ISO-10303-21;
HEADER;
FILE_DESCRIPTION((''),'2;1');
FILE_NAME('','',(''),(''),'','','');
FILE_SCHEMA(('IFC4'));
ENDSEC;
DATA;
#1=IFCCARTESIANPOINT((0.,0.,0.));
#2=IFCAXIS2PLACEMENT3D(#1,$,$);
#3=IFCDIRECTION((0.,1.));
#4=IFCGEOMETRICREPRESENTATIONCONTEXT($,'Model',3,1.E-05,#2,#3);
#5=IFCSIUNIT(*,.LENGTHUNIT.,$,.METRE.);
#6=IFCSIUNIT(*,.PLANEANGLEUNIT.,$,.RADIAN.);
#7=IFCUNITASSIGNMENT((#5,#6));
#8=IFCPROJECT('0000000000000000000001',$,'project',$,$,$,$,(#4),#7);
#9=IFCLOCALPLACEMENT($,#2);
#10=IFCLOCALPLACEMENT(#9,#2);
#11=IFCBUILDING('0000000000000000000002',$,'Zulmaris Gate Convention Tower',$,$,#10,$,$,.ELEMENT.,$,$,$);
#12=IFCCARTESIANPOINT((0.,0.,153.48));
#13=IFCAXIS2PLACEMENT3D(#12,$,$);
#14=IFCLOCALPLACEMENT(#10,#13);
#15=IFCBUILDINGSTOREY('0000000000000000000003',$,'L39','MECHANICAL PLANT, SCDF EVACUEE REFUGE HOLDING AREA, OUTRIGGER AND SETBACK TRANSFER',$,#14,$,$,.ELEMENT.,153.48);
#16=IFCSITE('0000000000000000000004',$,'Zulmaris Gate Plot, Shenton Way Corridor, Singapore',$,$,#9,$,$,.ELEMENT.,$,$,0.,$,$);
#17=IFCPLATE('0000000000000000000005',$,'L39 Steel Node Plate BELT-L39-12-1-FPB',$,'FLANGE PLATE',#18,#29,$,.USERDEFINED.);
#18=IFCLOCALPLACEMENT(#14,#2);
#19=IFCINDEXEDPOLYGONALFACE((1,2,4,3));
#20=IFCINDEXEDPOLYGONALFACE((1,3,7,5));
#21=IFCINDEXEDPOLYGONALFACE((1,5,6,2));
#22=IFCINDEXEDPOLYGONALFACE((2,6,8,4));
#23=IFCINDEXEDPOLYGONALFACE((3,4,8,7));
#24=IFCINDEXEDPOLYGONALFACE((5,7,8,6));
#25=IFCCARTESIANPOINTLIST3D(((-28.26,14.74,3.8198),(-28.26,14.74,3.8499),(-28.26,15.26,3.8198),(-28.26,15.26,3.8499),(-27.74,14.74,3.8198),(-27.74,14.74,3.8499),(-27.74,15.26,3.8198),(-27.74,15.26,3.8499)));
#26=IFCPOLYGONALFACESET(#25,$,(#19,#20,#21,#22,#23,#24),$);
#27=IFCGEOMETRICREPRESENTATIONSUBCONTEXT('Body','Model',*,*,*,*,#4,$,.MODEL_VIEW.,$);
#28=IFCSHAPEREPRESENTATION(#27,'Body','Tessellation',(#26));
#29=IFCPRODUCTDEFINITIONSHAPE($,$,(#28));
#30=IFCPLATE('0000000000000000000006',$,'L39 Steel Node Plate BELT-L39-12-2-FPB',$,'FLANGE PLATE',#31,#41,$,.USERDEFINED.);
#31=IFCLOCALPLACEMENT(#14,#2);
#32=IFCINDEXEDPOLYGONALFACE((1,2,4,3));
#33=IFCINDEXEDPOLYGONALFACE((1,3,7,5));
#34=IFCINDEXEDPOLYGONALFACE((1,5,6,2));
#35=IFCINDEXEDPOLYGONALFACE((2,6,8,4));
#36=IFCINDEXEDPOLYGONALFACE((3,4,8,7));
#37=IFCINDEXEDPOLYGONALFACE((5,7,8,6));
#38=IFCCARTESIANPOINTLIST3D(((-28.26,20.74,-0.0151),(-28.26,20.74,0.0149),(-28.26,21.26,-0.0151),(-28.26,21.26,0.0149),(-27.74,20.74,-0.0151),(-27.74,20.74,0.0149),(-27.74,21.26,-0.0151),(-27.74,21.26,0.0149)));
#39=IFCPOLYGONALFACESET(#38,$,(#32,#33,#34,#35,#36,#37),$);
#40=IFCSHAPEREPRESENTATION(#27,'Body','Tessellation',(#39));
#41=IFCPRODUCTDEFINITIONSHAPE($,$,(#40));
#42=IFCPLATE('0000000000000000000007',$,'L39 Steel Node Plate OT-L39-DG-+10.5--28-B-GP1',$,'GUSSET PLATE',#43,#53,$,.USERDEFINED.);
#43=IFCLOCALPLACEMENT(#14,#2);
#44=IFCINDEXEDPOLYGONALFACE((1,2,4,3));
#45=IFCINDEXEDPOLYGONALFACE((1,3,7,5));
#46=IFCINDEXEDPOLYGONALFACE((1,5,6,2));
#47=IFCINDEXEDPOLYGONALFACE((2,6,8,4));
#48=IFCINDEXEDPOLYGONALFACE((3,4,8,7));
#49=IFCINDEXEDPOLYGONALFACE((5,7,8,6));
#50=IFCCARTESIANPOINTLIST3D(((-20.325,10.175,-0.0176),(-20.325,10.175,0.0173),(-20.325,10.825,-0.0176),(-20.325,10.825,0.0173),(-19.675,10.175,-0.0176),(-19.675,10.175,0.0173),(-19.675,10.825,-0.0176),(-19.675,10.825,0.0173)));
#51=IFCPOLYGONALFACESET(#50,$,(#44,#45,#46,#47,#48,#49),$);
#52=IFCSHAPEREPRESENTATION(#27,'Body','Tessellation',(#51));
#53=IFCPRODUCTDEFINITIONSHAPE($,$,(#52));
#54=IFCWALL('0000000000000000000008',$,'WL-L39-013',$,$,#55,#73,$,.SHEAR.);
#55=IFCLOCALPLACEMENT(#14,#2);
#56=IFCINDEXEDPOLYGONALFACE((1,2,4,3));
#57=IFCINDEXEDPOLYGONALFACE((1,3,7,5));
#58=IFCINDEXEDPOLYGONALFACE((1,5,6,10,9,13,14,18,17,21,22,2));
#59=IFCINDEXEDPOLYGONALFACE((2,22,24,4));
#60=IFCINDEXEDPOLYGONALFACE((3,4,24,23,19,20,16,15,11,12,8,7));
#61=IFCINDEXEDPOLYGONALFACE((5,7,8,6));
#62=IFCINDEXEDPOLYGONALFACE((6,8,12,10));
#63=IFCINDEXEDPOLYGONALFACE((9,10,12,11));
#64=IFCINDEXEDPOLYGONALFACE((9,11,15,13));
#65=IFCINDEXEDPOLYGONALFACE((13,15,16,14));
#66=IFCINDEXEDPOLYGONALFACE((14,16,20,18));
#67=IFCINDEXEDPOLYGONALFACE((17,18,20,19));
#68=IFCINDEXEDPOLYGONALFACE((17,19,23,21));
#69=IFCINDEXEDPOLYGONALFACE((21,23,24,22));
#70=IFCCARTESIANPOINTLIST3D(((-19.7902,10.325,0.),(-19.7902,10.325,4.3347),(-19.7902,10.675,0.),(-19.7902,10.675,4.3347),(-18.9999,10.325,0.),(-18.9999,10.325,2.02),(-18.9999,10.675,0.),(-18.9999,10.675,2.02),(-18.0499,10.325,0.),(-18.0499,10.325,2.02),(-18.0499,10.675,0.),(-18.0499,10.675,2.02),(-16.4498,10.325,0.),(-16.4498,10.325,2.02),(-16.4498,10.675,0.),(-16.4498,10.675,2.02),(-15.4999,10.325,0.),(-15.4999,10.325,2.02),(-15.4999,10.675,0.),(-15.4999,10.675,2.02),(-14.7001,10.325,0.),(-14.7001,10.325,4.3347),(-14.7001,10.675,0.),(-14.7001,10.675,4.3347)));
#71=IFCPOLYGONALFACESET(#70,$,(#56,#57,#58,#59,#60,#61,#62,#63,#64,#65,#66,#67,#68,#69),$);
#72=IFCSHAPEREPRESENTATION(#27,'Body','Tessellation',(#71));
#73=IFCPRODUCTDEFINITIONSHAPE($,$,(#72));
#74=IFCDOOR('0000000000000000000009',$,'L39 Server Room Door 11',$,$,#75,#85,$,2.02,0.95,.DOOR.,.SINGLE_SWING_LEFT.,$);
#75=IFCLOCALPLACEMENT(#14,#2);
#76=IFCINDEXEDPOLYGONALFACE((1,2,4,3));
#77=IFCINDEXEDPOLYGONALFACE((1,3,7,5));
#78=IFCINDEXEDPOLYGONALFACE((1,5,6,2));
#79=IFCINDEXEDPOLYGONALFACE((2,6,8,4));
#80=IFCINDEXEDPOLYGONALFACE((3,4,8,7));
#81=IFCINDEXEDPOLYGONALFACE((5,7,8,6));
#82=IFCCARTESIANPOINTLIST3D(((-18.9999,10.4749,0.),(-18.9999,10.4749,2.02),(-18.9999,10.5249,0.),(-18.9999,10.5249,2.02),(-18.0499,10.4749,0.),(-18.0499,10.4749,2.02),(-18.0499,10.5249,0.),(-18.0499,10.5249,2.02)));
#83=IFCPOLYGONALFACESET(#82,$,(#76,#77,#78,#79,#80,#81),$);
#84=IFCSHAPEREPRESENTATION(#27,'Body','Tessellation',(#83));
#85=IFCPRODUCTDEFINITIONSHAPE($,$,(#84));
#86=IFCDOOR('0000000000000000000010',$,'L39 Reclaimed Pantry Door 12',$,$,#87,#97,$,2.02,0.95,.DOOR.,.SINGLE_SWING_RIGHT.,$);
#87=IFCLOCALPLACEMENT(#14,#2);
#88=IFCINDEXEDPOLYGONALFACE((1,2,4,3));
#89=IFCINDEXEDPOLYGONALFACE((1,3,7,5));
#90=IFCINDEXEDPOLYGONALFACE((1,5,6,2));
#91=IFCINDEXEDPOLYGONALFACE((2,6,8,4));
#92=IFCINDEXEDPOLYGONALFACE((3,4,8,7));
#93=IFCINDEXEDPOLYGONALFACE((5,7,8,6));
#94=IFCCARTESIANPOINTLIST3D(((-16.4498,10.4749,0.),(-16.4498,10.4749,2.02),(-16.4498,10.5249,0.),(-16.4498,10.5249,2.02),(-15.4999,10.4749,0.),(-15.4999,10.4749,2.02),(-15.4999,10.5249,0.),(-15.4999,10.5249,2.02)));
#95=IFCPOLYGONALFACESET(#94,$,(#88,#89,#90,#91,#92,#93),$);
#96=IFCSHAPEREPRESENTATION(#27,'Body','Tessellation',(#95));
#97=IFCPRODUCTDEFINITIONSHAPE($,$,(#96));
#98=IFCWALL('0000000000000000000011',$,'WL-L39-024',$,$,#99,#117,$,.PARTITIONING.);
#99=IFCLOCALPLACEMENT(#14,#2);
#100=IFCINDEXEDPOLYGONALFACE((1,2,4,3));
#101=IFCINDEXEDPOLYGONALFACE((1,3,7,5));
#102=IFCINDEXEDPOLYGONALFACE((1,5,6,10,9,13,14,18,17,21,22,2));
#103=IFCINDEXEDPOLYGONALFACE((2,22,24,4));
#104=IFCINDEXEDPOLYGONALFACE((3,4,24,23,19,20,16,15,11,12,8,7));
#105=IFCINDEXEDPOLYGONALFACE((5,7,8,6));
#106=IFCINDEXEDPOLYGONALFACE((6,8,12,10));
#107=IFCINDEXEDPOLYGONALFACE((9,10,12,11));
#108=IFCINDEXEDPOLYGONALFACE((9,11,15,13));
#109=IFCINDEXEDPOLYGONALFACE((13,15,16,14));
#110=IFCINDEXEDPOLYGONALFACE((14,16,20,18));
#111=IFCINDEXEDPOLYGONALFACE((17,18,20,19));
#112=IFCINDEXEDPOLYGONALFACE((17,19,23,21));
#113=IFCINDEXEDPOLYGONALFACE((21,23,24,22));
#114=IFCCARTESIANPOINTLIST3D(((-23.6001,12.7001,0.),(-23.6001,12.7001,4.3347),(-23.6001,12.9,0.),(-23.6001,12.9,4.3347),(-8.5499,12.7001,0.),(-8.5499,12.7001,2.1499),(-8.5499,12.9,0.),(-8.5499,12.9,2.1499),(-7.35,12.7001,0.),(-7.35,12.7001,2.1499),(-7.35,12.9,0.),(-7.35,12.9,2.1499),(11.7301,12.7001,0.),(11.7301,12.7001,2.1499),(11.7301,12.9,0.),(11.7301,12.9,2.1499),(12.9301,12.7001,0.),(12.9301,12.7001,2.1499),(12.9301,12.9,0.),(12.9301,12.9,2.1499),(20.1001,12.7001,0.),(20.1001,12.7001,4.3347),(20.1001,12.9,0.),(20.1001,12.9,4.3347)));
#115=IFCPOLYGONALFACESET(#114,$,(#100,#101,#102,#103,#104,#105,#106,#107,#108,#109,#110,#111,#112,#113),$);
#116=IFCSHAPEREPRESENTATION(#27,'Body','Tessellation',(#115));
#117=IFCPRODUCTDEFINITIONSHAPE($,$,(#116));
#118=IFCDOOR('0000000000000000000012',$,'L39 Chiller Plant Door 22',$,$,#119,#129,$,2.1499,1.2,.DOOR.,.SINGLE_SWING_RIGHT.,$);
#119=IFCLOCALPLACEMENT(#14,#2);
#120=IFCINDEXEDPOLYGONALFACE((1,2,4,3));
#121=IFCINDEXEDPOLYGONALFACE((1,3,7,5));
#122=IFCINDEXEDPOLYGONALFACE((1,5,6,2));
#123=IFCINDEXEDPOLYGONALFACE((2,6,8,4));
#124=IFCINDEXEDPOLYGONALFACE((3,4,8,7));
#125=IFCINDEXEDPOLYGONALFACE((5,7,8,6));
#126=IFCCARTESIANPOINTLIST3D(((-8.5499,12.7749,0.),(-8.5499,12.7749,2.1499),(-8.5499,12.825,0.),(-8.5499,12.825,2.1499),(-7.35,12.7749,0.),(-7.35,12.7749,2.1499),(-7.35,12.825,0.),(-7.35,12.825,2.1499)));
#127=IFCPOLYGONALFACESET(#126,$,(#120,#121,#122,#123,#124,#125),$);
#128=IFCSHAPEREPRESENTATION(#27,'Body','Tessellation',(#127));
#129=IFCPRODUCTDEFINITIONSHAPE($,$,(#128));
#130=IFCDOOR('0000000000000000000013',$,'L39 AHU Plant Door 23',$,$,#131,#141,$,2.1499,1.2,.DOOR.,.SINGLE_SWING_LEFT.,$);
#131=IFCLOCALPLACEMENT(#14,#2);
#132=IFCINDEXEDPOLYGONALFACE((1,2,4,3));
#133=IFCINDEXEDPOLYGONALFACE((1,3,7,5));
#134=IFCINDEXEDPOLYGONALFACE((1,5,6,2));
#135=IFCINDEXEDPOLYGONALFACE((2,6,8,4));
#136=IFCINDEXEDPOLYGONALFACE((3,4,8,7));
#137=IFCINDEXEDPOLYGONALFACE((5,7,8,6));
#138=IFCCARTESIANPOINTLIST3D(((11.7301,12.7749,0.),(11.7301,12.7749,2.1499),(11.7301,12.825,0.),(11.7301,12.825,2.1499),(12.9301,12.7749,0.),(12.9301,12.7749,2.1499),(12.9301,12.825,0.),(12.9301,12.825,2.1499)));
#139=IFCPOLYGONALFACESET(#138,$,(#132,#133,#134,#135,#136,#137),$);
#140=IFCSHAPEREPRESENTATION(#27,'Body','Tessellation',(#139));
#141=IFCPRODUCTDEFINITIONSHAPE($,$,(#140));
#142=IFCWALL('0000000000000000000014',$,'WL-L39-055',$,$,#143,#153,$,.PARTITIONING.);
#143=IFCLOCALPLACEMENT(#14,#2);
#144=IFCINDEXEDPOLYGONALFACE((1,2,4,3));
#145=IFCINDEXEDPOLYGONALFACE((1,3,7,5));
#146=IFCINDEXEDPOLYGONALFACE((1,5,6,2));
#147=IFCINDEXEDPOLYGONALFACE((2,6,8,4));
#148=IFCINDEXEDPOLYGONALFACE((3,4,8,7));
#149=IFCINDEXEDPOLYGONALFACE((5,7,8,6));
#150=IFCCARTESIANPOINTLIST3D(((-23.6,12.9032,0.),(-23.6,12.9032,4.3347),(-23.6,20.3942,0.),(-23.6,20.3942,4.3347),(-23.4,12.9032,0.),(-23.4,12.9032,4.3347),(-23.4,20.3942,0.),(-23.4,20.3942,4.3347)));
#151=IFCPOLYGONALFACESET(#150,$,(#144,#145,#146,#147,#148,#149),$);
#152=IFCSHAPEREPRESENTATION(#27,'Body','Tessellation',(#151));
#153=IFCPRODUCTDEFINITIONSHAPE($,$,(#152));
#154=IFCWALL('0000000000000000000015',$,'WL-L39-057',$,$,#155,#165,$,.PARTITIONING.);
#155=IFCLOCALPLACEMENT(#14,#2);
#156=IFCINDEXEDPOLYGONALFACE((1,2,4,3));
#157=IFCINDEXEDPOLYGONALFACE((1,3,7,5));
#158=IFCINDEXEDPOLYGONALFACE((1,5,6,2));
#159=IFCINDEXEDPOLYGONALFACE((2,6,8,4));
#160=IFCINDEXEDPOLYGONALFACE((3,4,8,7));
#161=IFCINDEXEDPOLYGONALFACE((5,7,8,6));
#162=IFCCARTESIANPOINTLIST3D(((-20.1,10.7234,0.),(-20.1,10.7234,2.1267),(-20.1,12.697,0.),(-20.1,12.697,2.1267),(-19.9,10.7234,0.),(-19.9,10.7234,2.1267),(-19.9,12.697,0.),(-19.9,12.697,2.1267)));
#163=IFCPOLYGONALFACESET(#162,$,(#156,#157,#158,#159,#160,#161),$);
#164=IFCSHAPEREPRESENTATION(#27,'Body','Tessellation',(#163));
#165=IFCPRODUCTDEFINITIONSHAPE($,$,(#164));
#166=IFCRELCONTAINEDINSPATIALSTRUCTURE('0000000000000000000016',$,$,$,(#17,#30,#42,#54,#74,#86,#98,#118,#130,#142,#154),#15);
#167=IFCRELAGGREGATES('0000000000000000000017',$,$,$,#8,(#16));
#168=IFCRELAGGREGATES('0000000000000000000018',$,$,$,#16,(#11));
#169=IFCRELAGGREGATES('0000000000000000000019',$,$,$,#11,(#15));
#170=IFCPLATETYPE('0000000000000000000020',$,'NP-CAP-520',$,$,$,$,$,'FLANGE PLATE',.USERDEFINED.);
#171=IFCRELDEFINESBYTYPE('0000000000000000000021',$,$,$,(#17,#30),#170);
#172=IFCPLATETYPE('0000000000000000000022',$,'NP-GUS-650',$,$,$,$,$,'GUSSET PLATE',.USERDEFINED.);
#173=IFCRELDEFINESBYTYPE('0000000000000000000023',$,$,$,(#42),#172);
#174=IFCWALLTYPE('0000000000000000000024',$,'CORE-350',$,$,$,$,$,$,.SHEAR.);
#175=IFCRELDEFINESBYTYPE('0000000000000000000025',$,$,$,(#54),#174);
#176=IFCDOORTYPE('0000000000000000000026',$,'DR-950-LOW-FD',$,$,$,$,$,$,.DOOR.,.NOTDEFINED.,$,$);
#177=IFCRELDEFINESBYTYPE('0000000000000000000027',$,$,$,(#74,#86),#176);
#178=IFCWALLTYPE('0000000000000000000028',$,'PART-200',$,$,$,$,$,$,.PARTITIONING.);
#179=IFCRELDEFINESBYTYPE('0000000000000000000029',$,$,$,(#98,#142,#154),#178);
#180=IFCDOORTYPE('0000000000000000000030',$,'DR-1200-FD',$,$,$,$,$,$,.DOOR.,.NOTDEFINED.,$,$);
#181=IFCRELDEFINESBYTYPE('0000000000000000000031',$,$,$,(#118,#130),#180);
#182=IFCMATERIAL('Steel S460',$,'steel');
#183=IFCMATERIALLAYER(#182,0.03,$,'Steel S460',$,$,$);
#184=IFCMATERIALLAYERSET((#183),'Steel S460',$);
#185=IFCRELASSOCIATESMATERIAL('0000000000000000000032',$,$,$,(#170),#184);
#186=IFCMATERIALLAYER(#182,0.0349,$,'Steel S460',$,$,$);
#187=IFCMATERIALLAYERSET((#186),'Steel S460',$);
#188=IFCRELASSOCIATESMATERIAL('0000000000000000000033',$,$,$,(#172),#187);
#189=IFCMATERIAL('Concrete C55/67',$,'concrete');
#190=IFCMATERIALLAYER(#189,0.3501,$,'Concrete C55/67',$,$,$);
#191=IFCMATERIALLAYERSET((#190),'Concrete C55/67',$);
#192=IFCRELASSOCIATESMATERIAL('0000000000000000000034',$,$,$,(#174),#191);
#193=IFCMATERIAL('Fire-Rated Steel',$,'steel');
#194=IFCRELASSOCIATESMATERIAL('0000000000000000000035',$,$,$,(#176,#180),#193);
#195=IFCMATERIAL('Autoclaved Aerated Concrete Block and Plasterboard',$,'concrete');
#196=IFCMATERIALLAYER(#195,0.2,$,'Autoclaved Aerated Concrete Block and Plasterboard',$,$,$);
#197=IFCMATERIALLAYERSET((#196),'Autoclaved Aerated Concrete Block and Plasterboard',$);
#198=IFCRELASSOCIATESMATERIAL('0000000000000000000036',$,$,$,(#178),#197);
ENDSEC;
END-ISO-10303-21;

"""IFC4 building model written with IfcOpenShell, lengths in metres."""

from ifc_helpers import new_model, si_unit, direction, frame, frame_2d, origin, origin_2d, place, context, subcontext, project, spatial, rectangle, extrude, material, layer, layer_set, type_object, element, fill, save


model = new_model("IFC4")

# Units and contexts
model_context = context("Model", 3, precision=1e-05, world=origin(), true_north=direction((0.0, 1.0)))
body_context = subcontext(model_context, "Body", "Model", "MODEL_VIEW")
ifc_project = project(units=[si_unit("LENGTHUNIT", "METRE"), si_unit("PLANEANGLEUNIT", "RADIAN")], contexts=[model_context])

# Site, building, storey
site_placement = place(None, origin())
site = spatial("IfcSite", under=ifc_project, at=site_placement, Name="Zulmaris Gate Plot, Shenton Way Corridor, Singapore", CompositionType="ELEMENT", RefElevation=0.0)
building_placement = place(site_placement, origin())
building = spatial("IfcBuilding", under=site, at=building_placement, Name="Zulmaris Gate Convention Tower", CompositionType="ELEMENT")
storey_placement = place(building_placement, frame((0.0, 0.0, 153.48)))
storey = spatial("IfcBuildingStorey", under=building, at=storey_placement, Name="L39", Description="MECHANICAL PLANT, SCDF EVACUEE REFUGE HOLDING AREA, OUTRIGGER AND SETBACK TRANSFER", CompositionType="ELEMENT", Elevation=153.48)

# Shared definitions
ifc_material_1 = material(Name="Steel S460", Category="steel")

# Plates
ifc_layer_1 = layer(ifc_material_1, 0.03, Name="Steel S460")
ifc_layer_set_1 = layer_set([ifc_layer_1], Name="Steel S460")
plate_type_1 = type_object("IfcPlateType", Name="NP-CAP-520", ElementType="FLANGE PLATE", PredefinedType="USERDEFINED", material=ifc_layer_set_1)
for number, where, z_axis, x_axis, name in (
    (1, (-28.0, 15.0, 3.8198), (0.0, 0.0, 1.0), (1.0, 0.0, 0.0), "L39 Steel Node Plate BELT-L39-12-1-FPB"),
    (2, (-28.0, 21.0, -0.0151), (0.0, 0.0, 1.0), (1.0, 0.0, 0.0), "L39 Steel Node Plate BELT-L39-12-2-FPB"),
):
    element("IfcPlate", number, at=place(storey_placement, frame(where, z_axis=z_axis, x_axis=x_axis)), inside=storey, type_object=plate_type_1, Name=name, ObjectType="FLANGE PLATE", PredefinedType="USERDEFINED", context=body_context, shape_type="SweptSolid", body=[
        extrude(rectangle(XDim=0.52, YDim=0.52, at=origin_2d()), origin(), (0.0, 0.0, 1.0), 0.03),
    ])
ifc_layer_2 = layer(ifc_material_1, 0.0349, Name="Steel S460")
ifc_layer_set_2 = layer_set([ifc_layer_2], Name="Steel S460")
plate_type_2 = type_object("IfcPlateType", Name="NP-GUS-650", ElementType="GUSSET PLATE", PredefinedType="USERDEFINED", material=ifc_layer_set_2)
plate_placement = place(storey_placement, frame((-20.0, 10.5, -0.0176), z_axis=(0.0, 0.0, 1.0), x_axis=(1.0, 0.0, 0.0)))
element("IfcPlate", 3, at=plate_placement, inside=storey, type_object=plate_type_2, Name="L39 Steel Node Plate OT-L39-DG-+10.5--28-B-GP1", ObjectType="GUSSET PLATE", PredefinedType="USERDEFINED", context=body_context, shape_type="SweptSolid", body=[
    extrude(rectangle(XDim=0.6499, YDim=0.6499, at=origin_2d()), origin(), (0.0, 0.0, 1.0), 0.0349),
])

# Walls, openings, doors
ifc_material_2 = material(Name="Concrete C55/67", Category="concrete")
ifc_layer_3 = layer(ifc_material_2, 0.3501, Name="Concrete C55/67")
ifc_layer_set_3 = layer_set([ifc_layer_3], Name="Concrete C55/67")
wall_type_1 = type_object("IfcWallType", Name="CORE-350", PredefinedType="SHEAR", material=ifc_layer_set_3)
wall_1_placement = place(storey_placement, frame((-19.79, 10.5, 0.0), z_axis=(0.0, 0.0, 1.0), x_axis=(1.0, 0.0, 0.0)))
wall_1 = element("IfcWall", 4, at=wall_1_placement, inside=storey, type_object=wall_type_1, Name="WL-L39-013", PredefinedType="SHEAR", context=body_context, shape_type="SweptSolid", body=[
    extrude(rectangle(XDim=5.0901, YDim=0.3501, at=frame_2d((2.5449, 0.0))), origin(), (0.0, 0.0, 1.0), 4.3347),
])
opening_1_placement = place(wall_1_placement, frame((0.79, 0.0, 0.0)))
opening_1 = element("IfcOpeningElement", 5, at=opening_1_placement, cuts=wall_1, PredefinedType="OPENING", context=body_context, shape_type="SweptSolid", body=[
    extrude(rectangle(XDim=0.95, YDim=2.02, at=frame_2d((0.4751, 1.01))), frame((0.0, 0.1851, 0.0), z_axis=(0.0, -1.0, 0.0), x_axis=(1.0, 0.0, 0.0)), (0.0, 0.0, 1.0), 0.3701),
])
opening_2_placement = place(wall_1_placement, frame((3.3401, 0.0, 0.0)))
opening_2 = element("IfcOpeningElement", 6, at=opening_2_placement, cuts=wall_1, PredefinedType="OPENING", context=body_context, shape_type="SweptSolid", body=[
    extrude(rectangle(XDim=0.95, YDim=2.02, at=frame_2d((0.4751, 1.01))), frame((0.0, 0.1851, 0.0), z_axis=(0.0, -1.0, 0.0), x_axis=(1.0, 0.0, 0.0)), (0.0, 0.0, 1.0), 0.3701),
])
ifc_material_3 = material(Name="Fire-Rated Steel", Category="steel")
door_type_1 = type_object("IfcDoorType", Name="DR-950-LOW-FD", OperationType="NOTDEFINED", PredefinedType="DOOR", material=ifc_material_3)
door_1_placement = place(opening_1_placement, origin())
door_1 = element("IfcDoor", 7, at=door_1_placement, inside=storey, type_object=door_type_1, Name="L39 Server Room Door 11", OperationType="SINGLE_SWING_LEFT", OverallHeight=2.02, OverallWidth=0.95, PredefinedType="DOOR", context=body_context, shape_type="SweptSolid", body=[
    extrude(rectangle(XDim=0.95, YDim=2.02, at=frame_2d((0.4751, 1.01))), frame((0.0, 0.0249, 0.0), z_axis=(0.0, -1.0, 0.0), x_axis=(1.0, 0.0, 0.0)), (0.0, 0.0, 1.0), 0.05),
])
fill(opening_1, door_1)
door_2_placement = place(opening_2_placement, origin())
door_2 = element("IfcDoor", 8, at=door_2_placement, inside=storey, type_object=door_type_1, Name="L39 Reclaimed Pantry Door 12", OperationType="SINGLE_SWING_RIGHT", OverallHeight=2.02, OverallWidth=0.95, PredefinedType="DOOR", context=body_context, shape_type="SweptSolid", body=[
    extrude(rectangle(XDim=0.95, YDim=2.02, at=frame_2d((0.4751, 1.01))), frame((0.0, 0.0249, 0.0), z_axis=(0.0, -1.0, 0.0), x_axis=(1.0, 0.0, 0.0)), (0.0, 0.0, 1.0), 0.05),
])
fill(opening_2, door_2)
ifc_material_4 = material(Name="Autoclaved Aerated Concrete Block and Plasterboard", Category="concrete")
ifc_layer_4 = layer(ifc_material_4, 0.2, Name="Autoclaved Aerated Concrete Block and Plasterboard")
ifc_layer_set_4 = layer_set([ifc_layer_4], Name="Autoclaved Aerated Concrete Block and Plasterboard")
wall_type_2 = type_object("IfcWallType", Name="PART-200", PredefinedType="PARTITIONING", material=ifc_layer_set_4)
wall_2_placement = place(storey_placement, frame((-23.6001, 12.8, 0.0), z_axis=(0.0, 0.0, 1.0), x_axis=(1.0, 0.0, 0.0)))
wall_2 = element("IfcWall", 9, at=wall_2_placement, inside=storey, type_object=wall_type_2, Name="WL-L39-024", PredefinedType="PARTITIONING", context=body_context, shape_type="SweptSolid", body=[
    extrude(rectangle(XDim=43.7002, YDim=0.2, at=frame_2d((21.8501, 0.0))), origin(), (0.0, 0.0, 1.0), 4.3347),
])
opening_3_placement = place(wall_2_placement, frame((15.05, 0.0, 0.0)))
opening_3 = element("IfcOpeningElement", 10, at=opening_3_placement, cuts=wall_2, PredefinedType="OPENING", context=body_context, shape_type="SweptSolid", body=[
    extrude(rectangle(XDim=1.2, YDim=2.1499, at=frame_2d((0.6001, 1.075))), frame((0.0, 0.1099, 0.0), z_axis=(0.0, -1.0, 0.0), x_axis=(1.0, 0.0, 0.0)), (0.0, 0.0, 1.0), 0.22),
])
opening_4_placement = place(wall_2_placement, frame((35.3301, 0.0, 0.0)))
opening_4 = element("IfcOpeningElement", 11, at=opening_4_placement, cuts=wall_2, PredefinedType="OPENING", context=body_context, shape_type="SweptSolid", body=[
    extrude(rectangle(XDim=1.2, YDim=2.1499, at=frame_2d((0.6001, 1.075))), frame((0.0, 0.1099, 0.0), z_axis=(0.0, -1.0, 0.0), x_axis=(1.0, 0.0, 0.0)), (0.0, 0.0, 1.0), 0.22),
])
door_type_2 = type_object("IfcDoorType", Name="DR-1200-FD", OperationType="NOTDEFINED", PredefinedType="DOOR", material=ifc_material_3)
door_3_placement = place(opening_3_placement, origin())
door_3 = element("IfcDoor", 12, at=door_3_placement, inside=storey, type_object=door_type_2, Name="L39 Chiller Plant Door 22", OperationType="SINGLE_SWING_RIGHT", OverallHeight=2.1499, OverallWidth=1.2, PredefinedType="DOOR", context=body_context, shape_type="SweptSolid", body=[
    extrude(rectangle(XDim=1.2, YDim=2.1499, at=frame_2d((0.6001, 1.075))), frame((0.0, 0.0249, 0.0), z_axis=(0.0, -1.0, 0.0), x_axis=(1.0, 0.0, 0.0)), (0.0, 0.0, 1.0), 0.05),
])
fill(opening_3, door_3)
door_4_placement = place(opening_4_placement, origin())
door_4 = element("IfcDoor", 13, at=door_4_placement, inside=storey, type_object=door_type_2, Name="L39 AHU Plant Door 23", OperationType="SINGLE_SWING_LEFT", OverallHeight=2.1499, OverallWidth=1.2, PredefinedType="DOOR", context=body_context, shape_type="SweptSolid", body=[
    extrude(rectangle(XDim=1.2, YDim=2.1499, at=frame_2d((0.6001, 1.075))), frame((0.0, 0.0249, 0.0), z_axis=(0.0, -1.0, 0.0), x_axis=(1.0, 0.0, 0.0)), (0.0, 0.0, 1.0), 0.05),
])
fill(opening_4, door_4)

# Walls
wall_3_placement = place(storey_placement, frame((-23.5, 12.9031, 0.0), z_axis=(0.0, 0.0, 1.0), x_axis=(0.0, 1.0, 0.0)))
element("IfcWall", 14, at=wall_3_placement, inside=storey, type_object=wall_type_2, Name="WL-L39-055", PredefinedType="PARTITIONING", context=body_context, shape_type="SweptSolid", body=[
    extrude(rectangle(XDim=7.491, YDim=0.2, at=frame_2d((3.7456, 0.0))), origin(), (0.0, 0.0, 1.0), 4.3347),
])
wall_4_placement = place(storey_placement, frame((-20.0, 10.7234, 0.0), z_axis=(0.0, 0.0, 1.0), x_axis=(0.0, 1.0, 0.0)))
element("IfcWall", 15, at=wall_4_placement, inside=storey, type_object=wall_type_2, Name="WL-L39-057", PredefinedType="PARTITIONING", context=body_context, shape_type="SweptSolid", body=[
    extrude(rectangle(XDim=1.9736, YDim=0.2, at=frame_2d((0.9868, 0.0))), origin(), (0.0, 0.0, 1.0), 2.1267),
])

save(model, "model.ifc")
